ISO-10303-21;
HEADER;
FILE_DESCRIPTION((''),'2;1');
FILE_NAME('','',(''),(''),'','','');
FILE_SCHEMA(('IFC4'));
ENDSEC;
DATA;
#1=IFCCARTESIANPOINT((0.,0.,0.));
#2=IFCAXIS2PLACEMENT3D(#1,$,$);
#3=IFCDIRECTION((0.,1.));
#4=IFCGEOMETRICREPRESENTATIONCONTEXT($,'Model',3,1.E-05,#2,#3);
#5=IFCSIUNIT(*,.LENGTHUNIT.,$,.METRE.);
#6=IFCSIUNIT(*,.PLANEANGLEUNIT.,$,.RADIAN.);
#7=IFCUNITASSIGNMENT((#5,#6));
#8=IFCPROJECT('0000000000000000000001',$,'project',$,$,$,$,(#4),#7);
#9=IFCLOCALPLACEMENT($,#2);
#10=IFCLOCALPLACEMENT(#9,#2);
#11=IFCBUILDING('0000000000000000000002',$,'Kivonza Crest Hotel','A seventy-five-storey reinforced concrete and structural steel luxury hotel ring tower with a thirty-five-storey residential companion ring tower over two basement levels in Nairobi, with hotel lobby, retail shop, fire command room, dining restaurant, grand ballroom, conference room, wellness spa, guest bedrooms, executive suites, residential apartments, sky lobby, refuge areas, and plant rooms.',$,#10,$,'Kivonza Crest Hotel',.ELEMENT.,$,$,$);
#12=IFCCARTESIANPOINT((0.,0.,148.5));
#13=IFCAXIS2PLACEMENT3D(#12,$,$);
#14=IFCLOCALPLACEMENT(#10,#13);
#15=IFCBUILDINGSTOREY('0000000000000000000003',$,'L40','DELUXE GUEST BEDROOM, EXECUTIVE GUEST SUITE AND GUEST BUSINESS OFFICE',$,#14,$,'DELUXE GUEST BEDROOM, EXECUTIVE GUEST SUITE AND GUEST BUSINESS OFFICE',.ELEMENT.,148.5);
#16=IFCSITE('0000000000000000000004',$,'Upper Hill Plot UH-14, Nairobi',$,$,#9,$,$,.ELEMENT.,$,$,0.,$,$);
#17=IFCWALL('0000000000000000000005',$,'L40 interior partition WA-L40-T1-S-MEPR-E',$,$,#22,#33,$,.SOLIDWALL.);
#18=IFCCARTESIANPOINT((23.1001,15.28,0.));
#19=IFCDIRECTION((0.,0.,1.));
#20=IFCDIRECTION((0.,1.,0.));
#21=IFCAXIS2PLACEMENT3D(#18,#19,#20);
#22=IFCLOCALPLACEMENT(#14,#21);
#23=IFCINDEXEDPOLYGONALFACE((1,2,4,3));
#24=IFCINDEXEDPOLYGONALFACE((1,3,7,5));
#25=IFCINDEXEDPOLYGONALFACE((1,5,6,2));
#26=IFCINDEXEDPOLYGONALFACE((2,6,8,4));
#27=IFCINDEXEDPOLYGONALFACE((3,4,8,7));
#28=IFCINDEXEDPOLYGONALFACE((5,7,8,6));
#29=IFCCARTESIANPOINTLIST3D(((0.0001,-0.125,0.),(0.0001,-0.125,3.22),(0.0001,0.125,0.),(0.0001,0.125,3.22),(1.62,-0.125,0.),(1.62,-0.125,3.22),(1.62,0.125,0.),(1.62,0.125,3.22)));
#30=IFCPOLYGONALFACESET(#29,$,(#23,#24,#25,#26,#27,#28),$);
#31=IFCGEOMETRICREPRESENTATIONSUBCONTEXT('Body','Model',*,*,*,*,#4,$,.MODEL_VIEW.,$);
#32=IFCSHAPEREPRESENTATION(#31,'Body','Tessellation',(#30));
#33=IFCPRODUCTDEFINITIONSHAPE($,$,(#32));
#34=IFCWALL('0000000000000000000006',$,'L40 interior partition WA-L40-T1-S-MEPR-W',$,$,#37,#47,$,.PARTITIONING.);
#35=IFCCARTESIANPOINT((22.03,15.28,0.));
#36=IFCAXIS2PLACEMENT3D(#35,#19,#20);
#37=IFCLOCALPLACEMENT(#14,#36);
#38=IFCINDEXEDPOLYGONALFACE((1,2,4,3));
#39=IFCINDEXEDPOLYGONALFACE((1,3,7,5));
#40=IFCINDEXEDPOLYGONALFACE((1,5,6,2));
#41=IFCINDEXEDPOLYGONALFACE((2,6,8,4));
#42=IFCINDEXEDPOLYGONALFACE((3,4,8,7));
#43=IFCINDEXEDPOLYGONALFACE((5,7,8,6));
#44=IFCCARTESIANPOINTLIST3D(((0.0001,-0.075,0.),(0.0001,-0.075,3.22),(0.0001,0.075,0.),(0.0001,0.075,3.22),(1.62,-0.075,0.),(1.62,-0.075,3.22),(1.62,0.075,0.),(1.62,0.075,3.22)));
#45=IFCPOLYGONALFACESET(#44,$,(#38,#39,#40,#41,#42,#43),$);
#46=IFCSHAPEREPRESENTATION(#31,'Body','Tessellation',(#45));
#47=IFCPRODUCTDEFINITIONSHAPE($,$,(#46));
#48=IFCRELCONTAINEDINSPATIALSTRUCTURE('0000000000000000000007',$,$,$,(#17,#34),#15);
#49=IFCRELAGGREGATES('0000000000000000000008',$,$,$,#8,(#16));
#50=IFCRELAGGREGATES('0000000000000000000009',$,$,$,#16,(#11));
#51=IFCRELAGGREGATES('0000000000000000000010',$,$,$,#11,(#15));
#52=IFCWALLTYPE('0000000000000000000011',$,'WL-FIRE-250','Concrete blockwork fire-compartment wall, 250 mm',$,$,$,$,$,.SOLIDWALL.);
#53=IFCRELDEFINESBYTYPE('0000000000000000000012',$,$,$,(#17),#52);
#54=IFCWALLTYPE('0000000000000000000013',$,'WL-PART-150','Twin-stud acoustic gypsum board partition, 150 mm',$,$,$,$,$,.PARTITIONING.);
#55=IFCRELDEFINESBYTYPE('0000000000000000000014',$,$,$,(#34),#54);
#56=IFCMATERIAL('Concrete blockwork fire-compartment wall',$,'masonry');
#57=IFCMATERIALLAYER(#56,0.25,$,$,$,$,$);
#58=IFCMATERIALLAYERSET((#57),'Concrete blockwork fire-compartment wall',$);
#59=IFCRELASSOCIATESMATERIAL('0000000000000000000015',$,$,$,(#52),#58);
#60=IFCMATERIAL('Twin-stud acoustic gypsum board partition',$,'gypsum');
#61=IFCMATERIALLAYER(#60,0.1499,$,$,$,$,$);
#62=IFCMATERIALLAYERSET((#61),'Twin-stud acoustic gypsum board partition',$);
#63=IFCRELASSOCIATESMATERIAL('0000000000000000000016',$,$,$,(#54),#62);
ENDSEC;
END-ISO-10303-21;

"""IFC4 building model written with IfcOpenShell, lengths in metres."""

from ifc_helpers import new_model, si_unit, direction, frame, frame_2d, origin, place, context, subcontext, project, spatial, rectangle, extrude, material, layer, layer_set, type_object, element, save


model = new_model("IFC4")

# Units and contexts
model_context = context("Model", 3, precision=1e-05, world=origin(), true_north=direction((0.0, 1.0)))
body_context = subcontext(model_context, "Body", "Model", "MODEL_VIEW")
ifc_project = project(units=[si_unit("LENGTHUNIT", "METRE"), si_unit("PLANEANGLEUNIT", "RADIAN")], contexts=[model_context])

# Site, building, storey
site_placement = place(None, origin())
site = spatial("IfcSite", under=ifc_project, at=site_placement, Name="Upper Hill Plot UH-14, Nairobi", CompositionType="ELEMENT", RefElevation=0.0)
building_placement = place(site_placement, origin())
building = spatial("IfcBuilding", under=site, at=building_placement, Name="Kivonza Crest Hotel", Description="A seventy-five-storey reinforced concrete and structural steel luxury hotel ring tower with a thirty-five-storey residential companion ring tower over two basement levels in Nairobi, with hotel lobby, retail shop, fire command room, dining restaurant, grand ballroom, conference room, wellness spa, guest bedrooms, executive suites, residential apartments, sky lobby, refuge areas, and plant rooms.", LongName="Kivonza Crest Hotel", CompositionType="ELEMENT")
storey_placement = place(building_placement, frame((0.0, 0.0, 148.5)))
storey = spatial("IfcBuildingStorey", under=building, at=storey_placement, Name="L40", Description="DELUXE GUEST BEDROOM, EXECUTIVE GUEST SUITE AND GUEST BUSINESS OFFICE", LongName="DELUXE GUEST BEDROOM, EXECUTIVE GUEST SUITE AND GUEST BUSINESS OFFICE", CompositionType="ELEMENT", Elevation=148.5)

# Walls
ifc_material_1 = material(Name="Concrete blockwork fire-compartment wall", Category="masonry")
ifc_layer_1 = layer(ifc_material_1, 0.25)
ifc_layer_set_1 = layer_set([ifc_layer_1], Name="Concrete blockwork fire-compartment wall")
wall_type_1 = type_object("IfcWallType", Name="WL-FIRE-250", Description="Concrete blockwork fire-compartment wall, 250 mm", PredefinedType="SOLIDWALL", material=ifc_layer_set_1)
wall_1_placement = place(storey_placement, frame((23.1001, 15.28, 0.0), z_axis=(0.0, 0.0, 1.0), x_axis=(0.0, 1.0, 0.0)))
element("IfcWall", 1, at=wall_1_placement, inside=storey, type_object=wall_type_1, Name="L40 interior partition WA-L40-T1-S-MEPR-E", PredefinedType="SOLIDWALL", context=body_context, shape_type="SweptSolid", body=[
    extrude(rectangle(XDim=1.6199, YDim=0.25, at=frame_2d((0.8101, 0.0))), origin(), (0.0, 0.0, 1.0), 3.22),
])
ifc_material_2 = material(Name="Twin-stud acoustic gypsum board partition", Category="gypsum")
ifc_layer_2 = layer(ifc_material_2, 0.1499)
ifc_layer_set_2 = layer_set([ifc_layer_2], Name="Twin-stud acoustic gypsum board partition")
wall_type_2 = type_object("IfcWallType", Name="WL-PART-150", Description="Twin-stud acoustic gypsum board partition, 150 mm", PredefinedType="PARTITIONING", material=ifc_layer_set_2)
wall_2_placement = place(storey_placement, frame((22.03, 15.28, 0.0), z_axis=(0.0, 0.0, 1.0), x_axis=(0.0, 1.0, 0.0)))
element("IfcWall", 2, at=wall_2_placement, inside=storey, type_object=wall_type_2, Name="L40 interior partition WA-L40-T1-S-MEPR-W", PredefinedType="PARTITIONING", context=body_context, shape_type="SweptSolid", body=[
    extrude(rectangle(XDim=1.6199, YDim=0.1499, at=frame_2d((0.8101, 0.0))), origin(), (0.0, 0.0, 1.0), 3.22),
])

save(model, "model.ifc")
